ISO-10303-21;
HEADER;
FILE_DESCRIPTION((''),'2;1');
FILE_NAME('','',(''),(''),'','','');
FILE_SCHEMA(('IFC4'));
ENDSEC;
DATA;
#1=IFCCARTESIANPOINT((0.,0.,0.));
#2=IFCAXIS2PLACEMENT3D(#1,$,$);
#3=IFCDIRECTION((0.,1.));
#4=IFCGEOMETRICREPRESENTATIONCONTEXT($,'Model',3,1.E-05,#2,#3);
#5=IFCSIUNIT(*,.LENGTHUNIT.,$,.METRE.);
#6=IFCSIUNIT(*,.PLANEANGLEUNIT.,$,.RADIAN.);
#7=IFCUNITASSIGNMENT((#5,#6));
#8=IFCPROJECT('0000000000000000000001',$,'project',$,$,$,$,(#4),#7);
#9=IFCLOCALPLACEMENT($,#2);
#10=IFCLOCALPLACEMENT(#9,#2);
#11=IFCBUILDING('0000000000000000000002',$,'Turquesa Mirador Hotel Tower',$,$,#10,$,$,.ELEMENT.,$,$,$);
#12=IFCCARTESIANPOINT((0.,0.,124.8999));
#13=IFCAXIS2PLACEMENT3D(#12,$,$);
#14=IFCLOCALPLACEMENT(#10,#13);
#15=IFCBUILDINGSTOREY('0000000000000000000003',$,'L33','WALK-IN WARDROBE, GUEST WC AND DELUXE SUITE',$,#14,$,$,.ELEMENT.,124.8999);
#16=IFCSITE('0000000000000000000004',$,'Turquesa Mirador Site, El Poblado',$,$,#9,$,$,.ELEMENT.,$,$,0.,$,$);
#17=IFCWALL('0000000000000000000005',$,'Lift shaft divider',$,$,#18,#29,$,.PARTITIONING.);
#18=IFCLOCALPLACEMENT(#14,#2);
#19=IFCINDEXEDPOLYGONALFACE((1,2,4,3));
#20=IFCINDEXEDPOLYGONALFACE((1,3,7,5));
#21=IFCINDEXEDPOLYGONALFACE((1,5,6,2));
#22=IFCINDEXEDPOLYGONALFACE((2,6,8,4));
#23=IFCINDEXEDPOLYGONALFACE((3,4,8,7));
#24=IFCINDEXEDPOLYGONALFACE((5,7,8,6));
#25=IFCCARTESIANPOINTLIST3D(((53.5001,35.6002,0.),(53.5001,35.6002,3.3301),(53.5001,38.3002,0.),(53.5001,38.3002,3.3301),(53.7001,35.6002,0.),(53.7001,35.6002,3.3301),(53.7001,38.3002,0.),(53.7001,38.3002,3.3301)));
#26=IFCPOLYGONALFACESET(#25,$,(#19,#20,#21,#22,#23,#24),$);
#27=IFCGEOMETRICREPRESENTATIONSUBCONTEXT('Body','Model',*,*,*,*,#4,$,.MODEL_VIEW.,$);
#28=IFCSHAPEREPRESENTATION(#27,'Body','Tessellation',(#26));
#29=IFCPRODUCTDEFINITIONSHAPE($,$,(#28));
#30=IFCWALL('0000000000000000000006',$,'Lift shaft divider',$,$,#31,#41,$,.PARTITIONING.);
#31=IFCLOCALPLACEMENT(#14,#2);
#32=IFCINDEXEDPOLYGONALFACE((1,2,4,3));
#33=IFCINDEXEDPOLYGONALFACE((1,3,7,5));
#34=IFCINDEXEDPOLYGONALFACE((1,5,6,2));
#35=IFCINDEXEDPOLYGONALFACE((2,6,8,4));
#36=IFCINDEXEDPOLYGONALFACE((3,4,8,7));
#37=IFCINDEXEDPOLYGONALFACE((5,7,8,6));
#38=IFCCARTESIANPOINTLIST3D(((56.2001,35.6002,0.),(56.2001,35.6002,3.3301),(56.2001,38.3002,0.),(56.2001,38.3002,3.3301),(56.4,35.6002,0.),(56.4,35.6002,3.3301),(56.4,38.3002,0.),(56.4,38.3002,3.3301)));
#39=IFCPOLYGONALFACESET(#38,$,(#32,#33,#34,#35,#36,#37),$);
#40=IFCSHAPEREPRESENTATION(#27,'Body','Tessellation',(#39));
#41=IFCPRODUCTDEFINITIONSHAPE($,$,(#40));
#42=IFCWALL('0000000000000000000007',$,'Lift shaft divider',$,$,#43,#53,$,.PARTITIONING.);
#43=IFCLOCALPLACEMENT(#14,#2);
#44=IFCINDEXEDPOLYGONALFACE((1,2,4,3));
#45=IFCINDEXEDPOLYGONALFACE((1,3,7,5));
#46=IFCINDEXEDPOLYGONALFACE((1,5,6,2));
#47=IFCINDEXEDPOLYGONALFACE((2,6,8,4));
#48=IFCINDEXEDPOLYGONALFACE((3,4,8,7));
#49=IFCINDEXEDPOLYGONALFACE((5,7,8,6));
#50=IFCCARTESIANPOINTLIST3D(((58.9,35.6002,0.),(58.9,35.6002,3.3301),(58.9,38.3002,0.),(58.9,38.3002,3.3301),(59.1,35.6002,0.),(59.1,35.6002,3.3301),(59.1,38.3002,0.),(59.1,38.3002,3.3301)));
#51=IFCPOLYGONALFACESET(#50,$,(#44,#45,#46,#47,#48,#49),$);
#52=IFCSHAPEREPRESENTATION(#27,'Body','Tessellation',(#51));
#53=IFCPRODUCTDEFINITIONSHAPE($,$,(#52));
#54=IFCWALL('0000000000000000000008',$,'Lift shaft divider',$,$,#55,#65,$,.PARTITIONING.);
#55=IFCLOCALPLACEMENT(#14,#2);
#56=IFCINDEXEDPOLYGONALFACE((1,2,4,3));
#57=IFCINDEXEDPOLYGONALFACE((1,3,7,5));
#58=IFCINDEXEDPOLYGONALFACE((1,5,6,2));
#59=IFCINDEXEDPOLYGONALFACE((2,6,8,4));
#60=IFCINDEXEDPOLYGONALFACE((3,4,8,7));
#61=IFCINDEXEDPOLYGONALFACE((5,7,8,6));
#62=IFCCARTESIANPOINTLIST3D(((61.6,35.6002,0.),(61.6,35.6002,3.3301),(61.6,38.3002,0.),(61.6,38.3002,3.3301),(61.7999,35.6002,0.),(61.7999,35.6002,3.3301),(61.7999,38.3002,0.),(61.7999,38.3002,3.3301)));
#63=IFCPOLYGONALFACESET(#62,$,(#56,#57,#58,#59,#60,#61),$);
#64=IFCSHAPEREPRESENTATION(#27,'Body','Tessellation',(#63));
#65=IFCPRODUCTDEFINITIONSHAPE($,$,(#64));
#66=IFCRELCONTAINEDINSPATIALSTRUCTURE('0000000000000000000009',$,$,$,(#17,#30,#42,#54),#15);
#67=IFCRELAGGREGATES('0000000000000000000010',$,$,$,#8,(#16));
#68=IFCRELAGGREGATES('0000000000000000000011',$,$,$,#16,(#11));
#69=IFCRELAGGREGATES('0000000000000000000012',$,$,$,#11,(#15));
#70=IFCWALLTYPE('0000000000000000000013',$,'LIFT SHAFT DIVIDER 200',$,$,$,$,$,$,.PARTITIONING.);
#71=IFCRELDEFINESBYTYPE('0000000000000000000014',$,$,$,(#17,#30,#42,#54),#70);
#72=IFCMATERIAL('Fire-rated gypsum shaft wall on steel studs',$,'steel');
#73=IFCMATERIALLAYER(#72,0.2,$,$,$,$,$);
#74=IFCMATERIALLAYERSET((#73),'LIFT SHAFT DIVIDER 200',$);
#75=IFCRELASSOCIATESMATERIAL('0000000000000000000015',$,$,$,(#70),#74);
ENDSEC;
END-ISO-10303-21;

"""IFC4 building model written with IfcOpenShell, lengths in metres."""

from ifc_helpers import new_model, si_unit, direction, frame, frame_2d, origin, place, context, subcontext, project, spatial, rectangle, extrude, material, layer, layer_set, type_object, element, save


model = new_model("IFC4")

# Units and contexts
model_context = context("Model", 3, precision=1e-05, world=origin(), true_north=direction((0.0, 1.0)))
body_context = subcontext(model_context, "Body", "Model", "MODEL_VIEW")
ifc_project = project(units=[si_unit("LENGTHUNIT", "METRE"), si_unit("PLANEANGLEUNIT", "RADIAN")], contexts=[model_context])

# Site, building, storey
site_placement = place(None, origin())
site = spatial("IfcSite", under=ifc_project, at=site_placement, Name="Turquesa Mirador Site, El Poblado", CompositionType="ELEMENT", RefElevation=0.0)
building_placement = place(site_placement, origin())
building = spatial("IfcBuilding", under=site, at=building_placement, Name="Turquesa Mirador Hotel Tower", CompositionType="ELEMENT")
storey_placement = place(building_placement, frame((0.0, 0.0, 124.8999)))
storey = spatial("IfcBuildingStorey", under=building, at=storey_placement, Name="L33", Description="WALK-IN WARDROBE, GUEST WC AND DELUXE SUITE", CompositionType="ELEMENT", Elevation=124.8999)

# Walls
ifc_material_1 = material(Name="Fire-rated gypsum shaft wall on steel studs", Category="steel")
ifc_layer_1 = layer(ifc_material_1, 0.2)
ifc_layer_set_1 = layer_set([ifc_layer_1], Name="LIFT SHAFT DIVIDER 200")
wall_type_1 = type_object("IfcWallType", Name="LIFT SHAFT DIVIDER 200", PredefinedType="PARTITIONING", material=ifc_layer_set_1)
for number, where, z_axis, x_axis, name in (
    (1, (53.6001, 35.6001, 0.0), (0.0, 0.0, 1.0), (0.0, 1.0, 0.0), "Lift shaft divider"),
    (2, (56.3, 35.6001, 0.0), (0.0, 0.0, 1.0), (0.0, 1.0, 0.0), "Lift shaft divider"),
    (3, (59.0, 35.6001, 0.0), (0.0, 0.0, 1.0), (0.0, 1.0, 0.0), "Lift shaft divider"),
    (4, (61.7, 35.6001, 0.0), (0.0, 0.0, 1.0), (0.0, 1.0, 0.0), "Lift shaft divider"),
):
    element("IfcWall", number, at=place(storey_placement, frame(where, z_axis=z_axis, x_axis=x_axis)), inside=storey, type_object=wall_type_1, Name=name, PredefinedType="PARTITIONING", context=body_context, shape_type="SweptSolid", body=[
        extrude(rectangle(XDim=2.7, YDim=0.2, at=frame_2d((1.3501, 0.0))), origin(), (0.0, 0.0, 1.0), 3.3301),
    ])

save(model, "model.ifc")
